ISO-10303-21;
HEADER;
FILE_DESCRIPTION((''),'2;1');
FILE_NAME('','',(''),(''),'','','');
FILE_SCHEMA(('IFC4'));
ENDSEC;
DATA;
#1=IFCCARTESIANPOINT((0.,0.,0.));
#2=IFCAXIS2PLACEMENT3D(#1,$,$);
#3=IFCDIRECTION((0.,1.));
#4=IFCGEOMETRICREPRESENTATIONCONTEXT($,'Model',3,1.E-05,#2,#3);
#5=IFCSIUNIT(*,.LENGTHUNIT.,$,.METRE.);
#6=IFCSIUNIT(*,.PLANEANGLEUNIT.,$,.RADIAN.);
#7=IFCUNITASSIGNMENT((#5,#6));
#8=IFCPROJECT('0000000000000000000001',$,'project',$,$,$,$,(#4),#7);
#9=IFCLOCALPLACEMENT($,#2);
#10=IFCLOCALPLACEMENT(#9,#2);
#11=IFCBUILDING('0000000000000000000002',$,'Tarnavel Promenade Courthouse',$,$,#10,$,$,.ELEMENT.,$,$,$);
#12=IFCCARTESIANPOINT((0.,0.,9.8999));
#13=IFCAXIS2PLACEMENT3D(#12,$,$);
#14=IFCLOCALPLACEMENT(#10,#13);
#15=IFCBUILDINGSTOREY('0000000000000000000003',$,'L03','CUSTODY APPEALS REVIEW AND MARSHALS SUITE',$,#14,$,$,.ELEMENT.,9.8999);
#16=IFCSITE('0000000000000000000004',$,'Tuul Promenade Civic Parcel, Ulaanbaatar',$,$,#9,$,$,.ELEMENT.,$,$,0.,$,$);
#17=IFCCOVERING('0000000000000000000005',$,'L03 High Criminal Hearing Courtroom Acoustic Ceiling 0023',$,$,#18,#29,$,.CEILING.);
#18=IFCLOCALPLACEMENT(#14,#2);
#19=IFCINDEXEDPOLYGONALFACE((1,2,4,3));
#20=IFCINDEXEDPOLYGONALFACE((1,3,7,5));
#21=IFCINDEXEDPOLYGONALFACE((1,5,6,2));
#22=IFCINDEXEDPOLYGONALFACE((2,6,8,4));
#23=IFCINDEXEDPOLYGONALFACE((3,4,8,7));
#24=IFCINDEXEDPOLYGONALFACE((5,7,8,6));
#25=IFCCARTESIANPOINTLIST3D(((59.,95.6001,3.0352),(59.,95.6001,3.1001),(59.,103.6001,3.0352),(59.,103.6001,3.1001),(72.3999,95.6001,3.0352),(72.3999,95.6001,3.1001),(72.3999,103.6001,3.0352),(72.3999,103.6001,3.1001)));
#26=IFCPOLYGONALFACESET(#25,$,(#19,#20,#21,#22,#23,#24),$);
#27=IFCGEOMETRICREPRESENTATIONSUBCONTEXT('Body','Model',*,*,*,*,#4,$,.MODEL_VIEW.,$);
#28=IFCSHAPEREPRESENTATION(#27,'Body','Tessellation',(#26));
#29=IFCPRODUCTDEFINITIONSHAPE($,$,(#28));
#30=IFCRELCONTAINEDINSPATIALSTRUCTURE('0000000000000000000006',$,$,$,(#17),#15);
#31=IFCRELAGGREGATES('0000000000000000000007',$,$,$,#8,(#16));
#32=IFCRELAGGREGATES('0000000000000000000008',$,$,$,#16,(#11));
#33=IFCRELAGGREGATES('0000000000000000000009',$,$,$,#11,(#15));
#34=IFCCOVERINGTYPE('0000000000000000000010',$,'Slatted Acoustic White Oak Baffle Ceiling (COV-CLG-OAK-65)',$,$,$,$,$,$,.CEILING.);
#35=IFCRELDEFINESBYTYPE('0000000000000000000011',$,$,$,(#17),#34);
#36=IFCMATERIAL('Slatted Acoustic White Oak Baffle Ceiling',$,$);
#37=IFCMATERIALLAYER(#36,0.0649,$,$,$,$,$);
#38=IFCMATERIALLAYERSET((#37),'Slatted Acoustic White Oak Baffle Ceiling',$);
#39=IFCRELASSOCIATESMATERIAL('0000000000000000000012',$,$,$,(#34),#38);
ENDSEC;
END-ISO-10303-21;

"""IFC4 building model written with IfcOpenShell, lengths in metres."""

from ifc_helpers import new_model, si_unit, direction, frame, origin, place, context, subcontext, project, spatial, polyline, outline, extrude, material, layer, layer_set, type_object, element, save


model = new_model("IFC4")

# Units and contexts
model_context = context("Model", 3, precision=1e-05, world=origin(), true_north=direction((0.0, 1.0)))
body_context = subcontext(model_context, "Body", "Model", "MODEL_VIEW")
ifc_project = project(units=[si_unit("LENGTHUNIT", "METRE"), si_unit("PLANEANGLEUNIT", "RADIAN")], contexts=[model_context])

# Site, building, storey
site_placement = place(None, origin())
site = spatial("IfcSite", under=ifc_project, at=site_placement, Name="Tuul Promenade Civic Parcel, Ulaanbaatar", CompositionType="ELEMENT", RefElevation=0.0)
building_placement = place(site_placement, origin())
building = spatial("IfcBuilding", under=site, at=building_placement, Name="Tarnavel Promenade Courthouse", CompositionType="ELEMENT")
storey_placement = place(building_placement, frame((0.0, 0.0, 9.8999)))
storey = spatial("IfcBuildingStorey", under=building, at=storey_placement, Name="L03", Description="CUSTODY APPEALS REVIEW AND MARSHALS SUITE", CompositionType="ELEMENT", Elevation=9.8999)

# Covering
ifc_material_1 = material(Name="Slatted Acoustic White Oak Baffle Ceiling")
ifc_layer_1 = layer(ifc_material_1, 0.0649)
ifc_layer_set_1 = layer_set([ifc_layer_1], Name="Slatted Acoustic White Oak Baffle Ceiling")
covering_type_1 = type_object("IfcCoveringType", Name="Slatted Acoustic White Oak Baffle Ceiling (COV-CLG-OAK-65)", PredefinedType="CEILING", material=ifc_layer_set_1)
covering_1_placement = place(storey_placement, frame((0.0, 0.0, 3.0352)))
element("IfcCovering", 1, at=covering_1_placement, inside=storey, type_object=covering_type_1, Name="L03 High Criminal Hearing Courtroom Acoustic Ceiling 0023", PredefinedType="CEILING", context=body_context, shape_type="SweptSolid", body=[
    extrude(outline(polyline([(59.0, 95.6001), (72.3999, 95.6001), (72.3999, 103.6001), (59.0, 103.6001), (59.0, 95.6001)])), origin(), (0.0, 0.0, 1.0), 0.0649),
])

save(model, "model.ifc")
